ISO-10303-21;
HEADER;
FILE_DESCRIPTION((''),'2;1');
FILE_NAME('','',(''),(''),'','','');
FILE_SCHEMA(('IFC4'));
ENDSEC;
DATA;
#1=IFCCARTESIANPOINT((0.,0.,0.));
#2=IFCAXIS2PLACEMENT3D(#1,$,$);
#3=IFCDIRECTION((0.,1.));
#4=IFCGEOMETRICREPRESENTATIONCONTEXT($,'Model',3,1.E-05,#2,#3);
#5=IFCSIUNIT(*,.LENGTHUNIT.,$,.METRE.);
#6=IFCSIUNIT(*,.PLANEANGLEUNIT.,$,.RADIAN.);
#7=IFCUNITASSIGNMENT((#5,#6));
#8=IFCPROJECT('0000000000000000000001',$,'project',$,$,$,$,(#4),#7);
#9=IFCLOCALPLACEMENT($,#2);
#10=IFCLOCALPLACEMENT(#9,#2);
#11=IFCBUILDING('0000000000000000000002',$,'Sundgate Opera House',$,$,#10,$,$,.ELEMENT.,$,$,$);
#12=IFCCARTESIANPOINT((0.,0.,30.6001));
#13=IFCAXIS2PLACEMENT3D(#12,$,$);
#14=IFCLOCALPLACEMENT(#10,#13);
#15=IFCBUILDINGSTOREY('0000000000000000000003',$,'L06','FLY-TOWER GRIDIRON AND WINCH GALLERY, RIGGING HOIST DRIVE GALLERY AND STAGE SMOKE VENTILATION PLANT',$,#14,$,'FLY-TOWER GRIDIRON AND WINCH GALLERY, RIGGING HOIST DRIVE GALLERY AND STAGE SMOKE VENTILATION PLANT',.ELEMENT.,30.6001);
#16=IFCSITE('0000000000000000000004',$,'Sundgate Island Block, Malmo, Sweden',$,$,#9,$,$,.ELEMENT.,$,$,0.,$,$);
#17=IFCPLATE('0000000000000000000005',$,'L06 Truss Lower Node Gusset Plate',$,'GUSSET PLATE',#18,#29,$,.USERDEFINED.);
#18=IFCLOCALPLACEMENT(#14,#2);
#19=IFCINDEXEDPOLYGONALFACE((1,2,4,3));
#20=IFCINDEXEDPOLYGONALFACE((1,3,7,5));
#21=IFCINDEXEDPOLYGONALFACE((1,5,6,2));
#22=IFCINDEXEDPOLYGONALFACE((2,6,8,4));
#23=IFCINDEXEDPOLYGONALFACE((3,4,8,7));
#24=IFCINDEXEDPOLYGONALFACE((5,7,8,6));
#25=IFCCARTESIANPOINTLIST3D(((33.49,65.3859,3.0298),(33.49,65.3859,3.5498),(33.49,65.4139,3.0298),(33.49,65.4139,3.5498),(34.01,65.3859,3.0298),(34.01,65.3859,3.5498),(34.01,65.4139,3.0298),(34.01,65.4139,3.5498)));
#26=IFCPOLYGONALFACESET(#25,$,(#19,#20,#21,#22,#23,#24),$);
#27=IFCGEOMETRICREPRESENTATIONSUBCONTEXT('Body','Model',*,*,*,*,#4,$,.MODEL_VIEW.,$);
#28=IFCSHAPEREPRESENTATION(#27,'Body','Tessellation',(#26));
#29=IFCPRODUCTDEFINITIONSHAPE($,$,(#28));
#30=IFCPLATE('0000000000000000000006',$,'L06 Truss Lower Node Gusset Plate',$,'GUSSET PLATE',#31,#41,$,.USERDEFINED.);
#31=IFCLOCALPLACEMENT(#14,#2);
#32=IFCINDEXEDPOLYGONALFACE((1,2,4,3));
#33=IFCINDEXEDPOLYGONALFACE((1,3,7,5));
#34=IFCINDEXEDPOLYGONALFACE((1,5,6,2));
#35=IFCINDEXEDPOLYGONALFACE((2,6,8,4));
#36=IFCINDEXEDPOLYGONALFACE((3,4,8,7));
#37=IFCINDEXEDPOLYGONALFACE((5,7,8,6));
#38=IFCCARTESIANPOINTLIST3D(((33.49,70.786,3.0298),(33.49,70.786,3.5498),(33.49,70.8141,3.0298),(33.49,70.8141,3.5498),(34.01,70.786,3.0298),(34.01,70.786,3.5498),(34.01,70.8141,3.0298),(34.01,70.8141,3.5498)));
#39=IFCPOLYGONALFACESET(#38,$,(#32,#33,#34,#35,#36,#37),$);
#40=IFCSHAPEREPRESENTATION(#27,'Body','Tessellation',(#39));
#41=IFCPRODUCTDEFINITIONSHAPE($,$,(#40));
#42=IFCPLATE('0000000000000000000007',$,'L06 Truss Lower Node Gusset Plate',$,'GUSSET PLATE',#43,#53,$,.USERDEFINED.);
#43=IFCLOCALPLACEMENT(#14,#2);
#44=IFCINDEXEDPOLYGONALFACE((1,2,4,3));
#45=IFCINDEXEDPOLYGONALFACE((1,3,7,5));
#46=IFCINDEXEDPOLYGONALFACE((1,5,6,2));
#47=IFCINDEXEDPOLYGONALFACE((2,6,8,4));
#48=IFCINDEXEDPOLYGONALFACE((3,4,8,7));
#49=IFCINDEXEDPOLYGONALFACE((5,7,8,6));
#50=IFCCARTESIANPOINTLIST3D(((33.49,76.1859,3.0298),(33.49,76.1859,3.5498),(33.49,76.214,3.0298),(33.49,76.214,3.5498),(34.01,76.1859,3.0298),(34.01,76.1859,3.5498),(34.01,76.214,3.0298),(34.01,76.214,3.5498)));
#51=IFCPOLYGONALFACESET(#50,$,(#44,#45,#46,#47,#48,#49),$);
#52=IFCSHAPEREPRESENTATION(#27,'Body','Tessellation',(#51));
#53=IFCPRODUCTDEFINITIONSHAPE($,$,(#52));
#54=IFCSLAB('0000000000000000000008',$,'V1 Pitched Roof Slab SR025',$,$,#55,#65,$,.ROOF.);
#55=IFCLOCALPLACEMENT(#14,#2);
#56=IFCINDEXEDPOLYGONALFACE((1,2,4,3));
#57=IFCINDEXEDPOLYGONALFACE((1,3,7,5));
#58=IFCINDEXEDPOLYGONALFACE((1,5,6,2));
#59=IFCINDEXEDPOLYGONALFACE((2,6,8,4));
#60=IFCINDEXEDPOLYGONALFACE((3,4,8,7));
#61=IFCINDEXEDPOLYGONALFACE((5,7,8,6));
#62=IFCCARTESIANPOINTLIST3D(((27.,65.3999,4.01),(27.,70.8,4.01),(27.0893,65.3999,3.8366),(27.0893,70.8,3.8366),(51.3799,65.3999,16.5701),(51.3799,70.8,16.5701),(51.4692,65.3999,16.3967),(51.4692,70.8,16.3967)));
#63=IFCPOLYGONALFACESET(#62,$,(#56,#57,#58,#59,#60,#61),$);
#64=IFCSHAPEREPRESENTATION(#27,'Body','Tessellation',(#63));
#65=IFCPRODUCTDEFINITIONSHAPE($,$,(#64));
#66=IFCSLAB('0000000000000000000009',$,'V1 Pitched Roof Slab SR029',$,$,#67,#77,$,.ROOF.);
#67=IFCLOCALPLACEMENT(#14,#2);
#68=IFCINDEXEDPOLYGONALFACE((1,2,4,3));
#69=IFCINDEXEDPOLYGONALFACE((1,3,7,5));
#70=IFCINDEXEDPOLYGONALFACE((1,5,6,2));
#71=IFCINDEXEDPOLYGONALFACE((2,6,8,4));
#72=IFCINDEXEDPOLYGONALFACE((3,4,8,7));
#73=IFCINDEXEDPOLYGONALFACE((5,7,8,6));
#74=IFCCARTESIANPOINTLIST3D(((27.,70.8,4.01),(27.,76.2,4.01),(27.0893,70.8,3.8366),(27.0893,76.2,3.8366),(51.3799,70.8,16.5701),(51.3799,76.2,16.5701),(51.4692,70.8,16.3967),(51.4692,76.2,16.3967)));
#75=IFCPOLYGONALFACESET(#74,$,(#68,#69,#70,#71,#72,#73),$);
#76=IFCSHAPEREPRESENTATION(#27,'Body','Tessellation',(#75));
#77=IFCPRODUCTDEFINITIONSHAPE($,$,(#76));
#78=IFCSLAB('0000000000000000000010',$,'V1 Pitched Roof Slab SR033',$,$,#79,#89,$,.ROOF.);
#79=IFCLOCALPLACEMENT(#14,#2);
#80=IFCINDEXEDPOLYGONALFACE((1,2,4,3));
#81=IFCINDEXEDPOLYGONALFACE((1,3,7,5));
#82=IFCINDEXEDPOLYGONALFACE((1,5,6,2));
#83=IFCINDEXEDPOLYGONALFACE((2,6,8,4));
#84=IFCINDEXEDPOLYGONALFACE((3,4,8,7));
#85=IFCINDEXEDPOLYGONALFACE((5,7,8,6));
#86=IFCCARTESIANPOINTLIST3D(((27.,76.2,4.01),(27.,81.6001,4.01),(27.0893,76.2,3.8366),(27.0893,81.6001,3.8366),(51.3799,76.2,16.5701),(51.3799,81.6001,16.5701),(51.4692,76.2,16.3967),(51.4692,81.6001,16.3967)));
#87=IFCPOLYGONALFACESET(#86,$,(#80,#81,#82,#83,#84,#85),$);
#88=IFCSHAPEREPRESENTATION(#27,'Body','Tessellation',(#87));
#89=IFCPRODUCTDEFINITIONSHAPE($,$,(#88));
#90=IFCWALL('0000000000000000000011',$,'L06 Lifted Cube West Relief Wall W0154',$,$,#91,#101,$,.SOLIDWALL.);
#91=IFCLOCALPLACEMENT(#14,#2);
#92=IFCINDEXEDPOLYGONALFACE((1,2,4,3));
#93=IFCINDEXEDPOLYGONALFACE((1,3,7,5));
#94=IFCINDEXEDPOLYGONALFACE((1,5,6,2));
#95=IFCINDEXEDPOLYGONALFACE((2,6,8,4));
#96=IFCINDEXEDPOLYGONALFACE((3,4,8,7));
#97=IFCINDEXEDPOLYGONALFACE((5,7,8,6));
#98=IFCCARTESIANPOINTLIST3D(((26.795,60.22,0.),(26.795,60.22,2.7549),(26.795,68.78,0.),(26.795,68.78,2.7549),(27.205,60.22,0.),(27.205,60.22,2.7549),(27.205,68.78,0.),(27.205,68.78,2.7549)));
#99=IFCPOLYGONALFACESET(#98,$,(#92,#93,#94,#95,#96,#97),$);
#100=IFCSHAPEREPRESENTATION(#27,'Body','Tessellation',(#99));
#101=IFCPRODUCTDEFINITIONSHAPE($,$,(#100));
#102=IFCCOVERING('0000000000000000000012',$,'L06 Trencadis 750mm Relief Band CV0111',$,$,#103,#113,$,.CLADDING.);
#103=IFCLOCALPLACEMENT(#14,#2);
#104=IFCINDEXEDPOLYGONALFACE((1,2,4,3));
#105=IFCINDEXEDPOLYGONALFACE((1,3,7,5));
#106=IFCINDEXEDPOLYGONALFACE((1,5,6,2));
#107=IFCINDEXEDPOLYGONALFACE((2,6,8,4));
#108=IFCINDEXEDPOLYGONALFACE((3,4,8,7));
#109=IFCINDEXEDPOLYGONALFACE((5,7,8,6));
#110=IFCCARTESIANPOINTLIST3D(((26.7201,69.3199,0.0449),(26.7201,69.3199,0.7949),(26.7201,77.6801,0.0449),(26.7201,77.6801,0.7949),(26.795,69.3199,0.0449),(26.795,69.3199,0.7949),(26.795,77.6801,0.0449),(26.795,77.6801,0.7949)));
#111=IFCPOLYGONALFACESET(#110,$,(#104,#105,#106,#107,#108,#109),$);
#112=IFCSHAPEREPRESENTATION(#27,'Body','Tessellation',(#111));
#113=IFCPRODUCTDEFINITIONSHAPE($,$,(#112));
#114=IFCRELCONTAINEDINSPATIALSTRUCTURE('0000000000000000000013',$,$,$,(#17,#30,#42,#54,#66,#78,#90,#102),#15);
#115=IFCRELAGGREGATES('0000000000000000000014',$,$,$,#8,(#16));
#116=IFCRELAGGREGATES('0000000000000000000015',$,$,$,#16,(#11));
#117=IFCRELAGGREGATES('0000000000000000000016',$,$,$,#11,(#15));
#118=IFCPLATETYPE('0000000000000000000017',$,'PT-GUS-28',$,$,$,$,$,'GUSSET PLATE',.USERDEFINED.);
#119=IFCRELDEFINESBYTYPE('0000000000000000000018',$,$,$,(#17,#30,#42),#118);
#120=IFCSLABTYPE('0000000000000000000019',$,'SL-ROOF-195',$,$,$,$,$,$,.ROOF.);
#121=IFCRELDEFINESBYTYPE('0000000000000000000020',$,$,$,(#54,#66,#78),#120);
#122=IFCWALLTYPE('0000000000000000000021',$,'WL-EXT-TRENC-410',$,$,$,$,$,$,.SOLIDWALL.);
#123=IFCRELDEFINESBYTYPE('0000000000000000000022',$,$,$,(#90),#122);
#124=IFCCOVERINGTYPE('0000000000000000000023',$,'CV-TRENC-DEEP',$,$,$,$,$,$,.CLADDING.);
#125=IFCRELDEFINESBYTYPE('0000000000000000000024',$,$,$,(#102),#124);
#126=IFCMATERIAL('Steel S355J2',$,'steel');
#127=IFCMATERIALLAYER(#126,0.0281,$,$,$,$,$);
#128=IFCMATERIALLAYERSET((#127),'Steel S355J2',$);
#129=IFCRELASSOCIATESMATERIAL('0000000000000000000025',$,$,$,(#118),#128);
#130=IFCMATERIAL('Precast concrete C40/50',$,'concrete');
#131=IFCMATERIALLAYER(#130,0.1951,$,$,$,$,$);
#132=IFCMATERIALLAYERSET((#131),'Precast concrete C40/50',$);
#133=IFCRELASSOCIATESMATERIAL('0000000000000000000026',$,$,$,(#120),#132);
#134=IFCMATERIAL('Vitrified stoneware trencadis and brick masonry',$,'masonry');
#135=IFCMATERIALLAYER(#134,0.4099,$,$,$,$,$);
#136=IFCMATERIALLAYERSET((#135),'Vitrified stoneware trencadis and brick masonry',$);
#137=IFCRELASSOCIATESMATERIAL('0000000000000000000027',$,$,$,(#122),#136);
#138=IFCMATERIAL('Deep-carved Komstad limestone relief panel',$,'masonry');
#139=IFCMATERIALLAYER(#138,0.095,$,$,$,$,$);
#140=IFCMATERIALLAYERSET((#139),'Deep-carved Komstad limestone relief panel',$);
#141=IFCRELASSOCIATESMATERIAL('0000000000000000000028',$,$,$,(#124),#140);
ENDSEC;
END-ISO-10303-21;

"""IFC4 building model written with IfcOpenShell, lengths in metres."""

from ifc_helpers import new_model, si_unit, direction, frame, frame_2d, origin, origin_2d, place, context, subcontext, project, spatial, polyline, rectangle, outline, extrude, material, layer, layer_set, type_object, element, save


model = new_model("IFC4")

# Units and contexts
model_context = context("Model", 3, precision=1e-05, world=origin(), true_north=direction((0.0, 1.0)))
body_context = subcontext(model_context, "Body", "Model", "MODEL_VIEW")
ifc_project = project(units=[si_unit("LENGTHUNIT", "METRE"), si_unit("PLANEANGLEUNIT", "RADIAN")], contexts=[model_context])

# Site, building, storey
site_placement = place(None, origin())
site = spatial("IfcSite", under=ifc_project, at=site_placement, Name="Sundgate Island Block, Malmo, Sweden", CompositionType="ELEMENT", RefElevation=0.0)
building_placement = place(site_placement, origin())
building = spatial("IfcBuilding", under=site, at=building_placement, Name="Sundgate Opera House", CompositionType="ELEMENT")
storey_placement = place(building_placement, frame((0.0, 0.0, 30.6001)))
storey = spatial("IfcBuildingStorey", under=building, at=storey_placement, Name="L06", Description="FLY-TOWER GRIDIRON AND WINCH GALLERY, RIGGING HOIST DRIVE GALLERY AND STAGE SMOKE VENTILATION PLANT", LongName="FLY-TOWER GRIDIRON AND WINCH GALLERY, RIGGING HOIST DRIVE GALLERY AND STAGE SMOKE VENTILATION PLANT", CompositionType="ELEMENT", Elevation=30.6001)

# Plates
ifc_material_1 = material(Name="Steel S355J2", Category="steel")
ifc_layer_1 = layer(ifc_material_1, 0.0281)
ifc_layer_set_1 = layer_set([ifc_layer_1], Name="Steel S355J2")
plate_type_1 = type_object("IfcPlateType", Name="PT-GUS-28", ElementType="GUSSET PLATE", PredefinedType="USERDEFINED", material=ifc_layer_set_1)
for number, where, z_axis, x_axis, name in (
    (1, (33.75, 65.3999, 3.0298), (0.0, 0.0, 1.0), (1.0, 0.0, 0.0), "L06 Truss Lower Node Gusset Plate"),
    (2, (33.75, 70.8, 3.0298), (0.0, 0.0, 1.0), (1.0, 0.0, 0.0), "L06 Truss Lower Node Gusset Plate"),
    (3, (33.75, 76.2, 3.0298), (0.0, 0.0, 1.0), (1.0, 0.0, 0.0), "L06 Truss Lower Node Gusset Plate"),
):
    element("IfcPlate", number, at=place(storey_placement, frame(where, z_axis=z_axis, x_axis=x_axis)), inside=storey, type_object=plate_type_1, Name=name, ObjectType="GUSSET PLATE", PredefinedType="USERDEFINED", context=body_context, shape_type="SweptSolid", body=[
        extrude(rectangle(XDim=0.52, YDim=0.0281, at=origin_2d()), origin(), (0.0, 0.0, 1.0), 0.52),
    ])

# Slabs
ifc_material_2 = material(Name="Precast concrete C40/50", Category="concrete")
ifc_layer_2 = layer(ifc_material_2, 0.1951)
ifc_layer_set_2 = layer_set([ifc_layer_2], Name="Precast concrete C40/50")
slab_type = type_object("IfcSlabType", Name="SL-ROOF-195", PredefinedType="ROOF", material=ifc_layer_set_2)
slab_1_placement = place(storey_placement, frame((27.0, 65.3999, 4.01), z_axis=(-0.457977, 0.0, 0.888964), x_axis=(0.888964, 0.0, 0.457977)))
element("IfcSlab", 4, at=slab_1_placement, inside=storey, type_object=slab_type, Name="V1 Pitched Roof Slab SR025", PredefinedType="ROOF", context=body_context, shape_type="SweptSolid", body=[
    extrude(outline(polyline([(0.0, 0.0), (27.4251, 0.0), (27.4251, 5.4001), (0.0, 5.4001), (0.0, 0.0)])), origin(), (0.0, 0.0, -1.0), 0.1951),
])
slab_2_placement = place(storey_placement, frame((27.0, 70.8, 4.01), z_axis=(-0.457977, 0.0, 0.888964), x_axis=(0.888964, 0.0, 0.457977)))
element("IfcSlab", 5, at=slab_2_placement, inside=storey, type_object=slab_type, Name="V1 Pitched Roof Slab SR029", PredefinedType="ROOF", context=body_context, shape_type="SweptSolid", body=[
    extrude(outline(polyline([(0.0, 0.0), (27.4251, 0.0), (27.4251, 5.3999), (0.0, 5.3999), (0.0, 0.0)])), origin(), (0.0, 0.0, -1.0), 0.1951),
])
slab_3_placement = place(storey_placement, frame((27.0, 76.2, 4.01), z_axis=(-0.457977, 0.0, 0.888964), x_axis=(0.888964, 0.0, 0.457977)))
element("IfcSlab", 6, at=slab_3_placement, inside=storey, type_object=slab_type, Name="V1 Pitched Roof Slab SR033", PredefinedType="ROOF", context=body_context, shape_type="SweptSolid", body=[
    extrude(outline(polyline([(0.0, 0.0), (27.4251, 0.0), (27.4251, 5.4001), (0.0, 5.4001), (0.0, 0.0)])), origin(), (0.0, 0.0, -1.0), 0.1951),
])

# Wall
ifc_material_3 = material(Name="Vitrified stoneware trencadis and brick masonry", Category="masonry")
ifc_layer_3 = layer(ifc_material_3, 0.4099)
ifc_layer_set_3 = layer_set([ifc_layer_3], Name="Vitrified stoneware trencadis and brick masonry")
wall_type = type_object("IfcWallType", Name="WL-EXT-TRENC-410", PredefinedType="SOLIDWALL", material=ifc_layer_set_3)
wall_placement = place(storey_placement, frame((27.0, 68.78, 0.0), z_axis=(0.0, 0.0, 1.0), x_axis=(0.0, -1.0, 0.0)))
element("IfcWall", 7, at=wall_placement, inside=storey, type_object=wall_type, Name="L06 Lifted Cube West Relief Wall W0154", PredefinedType="SOLIDWALL", context=body_context, shape_type="SweptSolid", body=[
    extrude(rectangle(XDim=8.5601, YDim=0.4099, at=frame_2d((4.28, 0.0))), origin(), (0.0, 0.0, 1.0), 2.7549),
])

# Covering
ifc_material_4 = material(Name="Deep-carved Komstad limestone relief panel", Category="masonry")
ifc_layer_4 = layer(ifc_material_4, 0.095)
ifc_layer_set_4 = layer_set([ifc_layer_4], Name="Deep-carved Komstad limestone relief panel")
covering_type = type_object("IfcCoveringType", Name="CV-TRENC-DEEP", PredefinedType="CLADDING", material=ifc_layer_set_4)
covering_placement = place(storey_placement, frame((26.7576, 73.5, 0.0449), z_axis=(0.0, 0.0, 1.0), x_axis=(0.0, 1.0, 0.0)))
element("IfcCovering", 8, at=covering_placement, inside=storey, type_object=covering_type, Name="L06 Trencadis 750mm Relief Band CV0111", PredefinedType="CLADDING", context=body_context, shape_type="SweptSolid", body=[
    extrude(rectangle(XDim=8.3601, YDim=0.075, at=origin_2d()), origin(), (0.0, 0.0, 1.0), 0.75),
])

save(model, "model.ifc")
